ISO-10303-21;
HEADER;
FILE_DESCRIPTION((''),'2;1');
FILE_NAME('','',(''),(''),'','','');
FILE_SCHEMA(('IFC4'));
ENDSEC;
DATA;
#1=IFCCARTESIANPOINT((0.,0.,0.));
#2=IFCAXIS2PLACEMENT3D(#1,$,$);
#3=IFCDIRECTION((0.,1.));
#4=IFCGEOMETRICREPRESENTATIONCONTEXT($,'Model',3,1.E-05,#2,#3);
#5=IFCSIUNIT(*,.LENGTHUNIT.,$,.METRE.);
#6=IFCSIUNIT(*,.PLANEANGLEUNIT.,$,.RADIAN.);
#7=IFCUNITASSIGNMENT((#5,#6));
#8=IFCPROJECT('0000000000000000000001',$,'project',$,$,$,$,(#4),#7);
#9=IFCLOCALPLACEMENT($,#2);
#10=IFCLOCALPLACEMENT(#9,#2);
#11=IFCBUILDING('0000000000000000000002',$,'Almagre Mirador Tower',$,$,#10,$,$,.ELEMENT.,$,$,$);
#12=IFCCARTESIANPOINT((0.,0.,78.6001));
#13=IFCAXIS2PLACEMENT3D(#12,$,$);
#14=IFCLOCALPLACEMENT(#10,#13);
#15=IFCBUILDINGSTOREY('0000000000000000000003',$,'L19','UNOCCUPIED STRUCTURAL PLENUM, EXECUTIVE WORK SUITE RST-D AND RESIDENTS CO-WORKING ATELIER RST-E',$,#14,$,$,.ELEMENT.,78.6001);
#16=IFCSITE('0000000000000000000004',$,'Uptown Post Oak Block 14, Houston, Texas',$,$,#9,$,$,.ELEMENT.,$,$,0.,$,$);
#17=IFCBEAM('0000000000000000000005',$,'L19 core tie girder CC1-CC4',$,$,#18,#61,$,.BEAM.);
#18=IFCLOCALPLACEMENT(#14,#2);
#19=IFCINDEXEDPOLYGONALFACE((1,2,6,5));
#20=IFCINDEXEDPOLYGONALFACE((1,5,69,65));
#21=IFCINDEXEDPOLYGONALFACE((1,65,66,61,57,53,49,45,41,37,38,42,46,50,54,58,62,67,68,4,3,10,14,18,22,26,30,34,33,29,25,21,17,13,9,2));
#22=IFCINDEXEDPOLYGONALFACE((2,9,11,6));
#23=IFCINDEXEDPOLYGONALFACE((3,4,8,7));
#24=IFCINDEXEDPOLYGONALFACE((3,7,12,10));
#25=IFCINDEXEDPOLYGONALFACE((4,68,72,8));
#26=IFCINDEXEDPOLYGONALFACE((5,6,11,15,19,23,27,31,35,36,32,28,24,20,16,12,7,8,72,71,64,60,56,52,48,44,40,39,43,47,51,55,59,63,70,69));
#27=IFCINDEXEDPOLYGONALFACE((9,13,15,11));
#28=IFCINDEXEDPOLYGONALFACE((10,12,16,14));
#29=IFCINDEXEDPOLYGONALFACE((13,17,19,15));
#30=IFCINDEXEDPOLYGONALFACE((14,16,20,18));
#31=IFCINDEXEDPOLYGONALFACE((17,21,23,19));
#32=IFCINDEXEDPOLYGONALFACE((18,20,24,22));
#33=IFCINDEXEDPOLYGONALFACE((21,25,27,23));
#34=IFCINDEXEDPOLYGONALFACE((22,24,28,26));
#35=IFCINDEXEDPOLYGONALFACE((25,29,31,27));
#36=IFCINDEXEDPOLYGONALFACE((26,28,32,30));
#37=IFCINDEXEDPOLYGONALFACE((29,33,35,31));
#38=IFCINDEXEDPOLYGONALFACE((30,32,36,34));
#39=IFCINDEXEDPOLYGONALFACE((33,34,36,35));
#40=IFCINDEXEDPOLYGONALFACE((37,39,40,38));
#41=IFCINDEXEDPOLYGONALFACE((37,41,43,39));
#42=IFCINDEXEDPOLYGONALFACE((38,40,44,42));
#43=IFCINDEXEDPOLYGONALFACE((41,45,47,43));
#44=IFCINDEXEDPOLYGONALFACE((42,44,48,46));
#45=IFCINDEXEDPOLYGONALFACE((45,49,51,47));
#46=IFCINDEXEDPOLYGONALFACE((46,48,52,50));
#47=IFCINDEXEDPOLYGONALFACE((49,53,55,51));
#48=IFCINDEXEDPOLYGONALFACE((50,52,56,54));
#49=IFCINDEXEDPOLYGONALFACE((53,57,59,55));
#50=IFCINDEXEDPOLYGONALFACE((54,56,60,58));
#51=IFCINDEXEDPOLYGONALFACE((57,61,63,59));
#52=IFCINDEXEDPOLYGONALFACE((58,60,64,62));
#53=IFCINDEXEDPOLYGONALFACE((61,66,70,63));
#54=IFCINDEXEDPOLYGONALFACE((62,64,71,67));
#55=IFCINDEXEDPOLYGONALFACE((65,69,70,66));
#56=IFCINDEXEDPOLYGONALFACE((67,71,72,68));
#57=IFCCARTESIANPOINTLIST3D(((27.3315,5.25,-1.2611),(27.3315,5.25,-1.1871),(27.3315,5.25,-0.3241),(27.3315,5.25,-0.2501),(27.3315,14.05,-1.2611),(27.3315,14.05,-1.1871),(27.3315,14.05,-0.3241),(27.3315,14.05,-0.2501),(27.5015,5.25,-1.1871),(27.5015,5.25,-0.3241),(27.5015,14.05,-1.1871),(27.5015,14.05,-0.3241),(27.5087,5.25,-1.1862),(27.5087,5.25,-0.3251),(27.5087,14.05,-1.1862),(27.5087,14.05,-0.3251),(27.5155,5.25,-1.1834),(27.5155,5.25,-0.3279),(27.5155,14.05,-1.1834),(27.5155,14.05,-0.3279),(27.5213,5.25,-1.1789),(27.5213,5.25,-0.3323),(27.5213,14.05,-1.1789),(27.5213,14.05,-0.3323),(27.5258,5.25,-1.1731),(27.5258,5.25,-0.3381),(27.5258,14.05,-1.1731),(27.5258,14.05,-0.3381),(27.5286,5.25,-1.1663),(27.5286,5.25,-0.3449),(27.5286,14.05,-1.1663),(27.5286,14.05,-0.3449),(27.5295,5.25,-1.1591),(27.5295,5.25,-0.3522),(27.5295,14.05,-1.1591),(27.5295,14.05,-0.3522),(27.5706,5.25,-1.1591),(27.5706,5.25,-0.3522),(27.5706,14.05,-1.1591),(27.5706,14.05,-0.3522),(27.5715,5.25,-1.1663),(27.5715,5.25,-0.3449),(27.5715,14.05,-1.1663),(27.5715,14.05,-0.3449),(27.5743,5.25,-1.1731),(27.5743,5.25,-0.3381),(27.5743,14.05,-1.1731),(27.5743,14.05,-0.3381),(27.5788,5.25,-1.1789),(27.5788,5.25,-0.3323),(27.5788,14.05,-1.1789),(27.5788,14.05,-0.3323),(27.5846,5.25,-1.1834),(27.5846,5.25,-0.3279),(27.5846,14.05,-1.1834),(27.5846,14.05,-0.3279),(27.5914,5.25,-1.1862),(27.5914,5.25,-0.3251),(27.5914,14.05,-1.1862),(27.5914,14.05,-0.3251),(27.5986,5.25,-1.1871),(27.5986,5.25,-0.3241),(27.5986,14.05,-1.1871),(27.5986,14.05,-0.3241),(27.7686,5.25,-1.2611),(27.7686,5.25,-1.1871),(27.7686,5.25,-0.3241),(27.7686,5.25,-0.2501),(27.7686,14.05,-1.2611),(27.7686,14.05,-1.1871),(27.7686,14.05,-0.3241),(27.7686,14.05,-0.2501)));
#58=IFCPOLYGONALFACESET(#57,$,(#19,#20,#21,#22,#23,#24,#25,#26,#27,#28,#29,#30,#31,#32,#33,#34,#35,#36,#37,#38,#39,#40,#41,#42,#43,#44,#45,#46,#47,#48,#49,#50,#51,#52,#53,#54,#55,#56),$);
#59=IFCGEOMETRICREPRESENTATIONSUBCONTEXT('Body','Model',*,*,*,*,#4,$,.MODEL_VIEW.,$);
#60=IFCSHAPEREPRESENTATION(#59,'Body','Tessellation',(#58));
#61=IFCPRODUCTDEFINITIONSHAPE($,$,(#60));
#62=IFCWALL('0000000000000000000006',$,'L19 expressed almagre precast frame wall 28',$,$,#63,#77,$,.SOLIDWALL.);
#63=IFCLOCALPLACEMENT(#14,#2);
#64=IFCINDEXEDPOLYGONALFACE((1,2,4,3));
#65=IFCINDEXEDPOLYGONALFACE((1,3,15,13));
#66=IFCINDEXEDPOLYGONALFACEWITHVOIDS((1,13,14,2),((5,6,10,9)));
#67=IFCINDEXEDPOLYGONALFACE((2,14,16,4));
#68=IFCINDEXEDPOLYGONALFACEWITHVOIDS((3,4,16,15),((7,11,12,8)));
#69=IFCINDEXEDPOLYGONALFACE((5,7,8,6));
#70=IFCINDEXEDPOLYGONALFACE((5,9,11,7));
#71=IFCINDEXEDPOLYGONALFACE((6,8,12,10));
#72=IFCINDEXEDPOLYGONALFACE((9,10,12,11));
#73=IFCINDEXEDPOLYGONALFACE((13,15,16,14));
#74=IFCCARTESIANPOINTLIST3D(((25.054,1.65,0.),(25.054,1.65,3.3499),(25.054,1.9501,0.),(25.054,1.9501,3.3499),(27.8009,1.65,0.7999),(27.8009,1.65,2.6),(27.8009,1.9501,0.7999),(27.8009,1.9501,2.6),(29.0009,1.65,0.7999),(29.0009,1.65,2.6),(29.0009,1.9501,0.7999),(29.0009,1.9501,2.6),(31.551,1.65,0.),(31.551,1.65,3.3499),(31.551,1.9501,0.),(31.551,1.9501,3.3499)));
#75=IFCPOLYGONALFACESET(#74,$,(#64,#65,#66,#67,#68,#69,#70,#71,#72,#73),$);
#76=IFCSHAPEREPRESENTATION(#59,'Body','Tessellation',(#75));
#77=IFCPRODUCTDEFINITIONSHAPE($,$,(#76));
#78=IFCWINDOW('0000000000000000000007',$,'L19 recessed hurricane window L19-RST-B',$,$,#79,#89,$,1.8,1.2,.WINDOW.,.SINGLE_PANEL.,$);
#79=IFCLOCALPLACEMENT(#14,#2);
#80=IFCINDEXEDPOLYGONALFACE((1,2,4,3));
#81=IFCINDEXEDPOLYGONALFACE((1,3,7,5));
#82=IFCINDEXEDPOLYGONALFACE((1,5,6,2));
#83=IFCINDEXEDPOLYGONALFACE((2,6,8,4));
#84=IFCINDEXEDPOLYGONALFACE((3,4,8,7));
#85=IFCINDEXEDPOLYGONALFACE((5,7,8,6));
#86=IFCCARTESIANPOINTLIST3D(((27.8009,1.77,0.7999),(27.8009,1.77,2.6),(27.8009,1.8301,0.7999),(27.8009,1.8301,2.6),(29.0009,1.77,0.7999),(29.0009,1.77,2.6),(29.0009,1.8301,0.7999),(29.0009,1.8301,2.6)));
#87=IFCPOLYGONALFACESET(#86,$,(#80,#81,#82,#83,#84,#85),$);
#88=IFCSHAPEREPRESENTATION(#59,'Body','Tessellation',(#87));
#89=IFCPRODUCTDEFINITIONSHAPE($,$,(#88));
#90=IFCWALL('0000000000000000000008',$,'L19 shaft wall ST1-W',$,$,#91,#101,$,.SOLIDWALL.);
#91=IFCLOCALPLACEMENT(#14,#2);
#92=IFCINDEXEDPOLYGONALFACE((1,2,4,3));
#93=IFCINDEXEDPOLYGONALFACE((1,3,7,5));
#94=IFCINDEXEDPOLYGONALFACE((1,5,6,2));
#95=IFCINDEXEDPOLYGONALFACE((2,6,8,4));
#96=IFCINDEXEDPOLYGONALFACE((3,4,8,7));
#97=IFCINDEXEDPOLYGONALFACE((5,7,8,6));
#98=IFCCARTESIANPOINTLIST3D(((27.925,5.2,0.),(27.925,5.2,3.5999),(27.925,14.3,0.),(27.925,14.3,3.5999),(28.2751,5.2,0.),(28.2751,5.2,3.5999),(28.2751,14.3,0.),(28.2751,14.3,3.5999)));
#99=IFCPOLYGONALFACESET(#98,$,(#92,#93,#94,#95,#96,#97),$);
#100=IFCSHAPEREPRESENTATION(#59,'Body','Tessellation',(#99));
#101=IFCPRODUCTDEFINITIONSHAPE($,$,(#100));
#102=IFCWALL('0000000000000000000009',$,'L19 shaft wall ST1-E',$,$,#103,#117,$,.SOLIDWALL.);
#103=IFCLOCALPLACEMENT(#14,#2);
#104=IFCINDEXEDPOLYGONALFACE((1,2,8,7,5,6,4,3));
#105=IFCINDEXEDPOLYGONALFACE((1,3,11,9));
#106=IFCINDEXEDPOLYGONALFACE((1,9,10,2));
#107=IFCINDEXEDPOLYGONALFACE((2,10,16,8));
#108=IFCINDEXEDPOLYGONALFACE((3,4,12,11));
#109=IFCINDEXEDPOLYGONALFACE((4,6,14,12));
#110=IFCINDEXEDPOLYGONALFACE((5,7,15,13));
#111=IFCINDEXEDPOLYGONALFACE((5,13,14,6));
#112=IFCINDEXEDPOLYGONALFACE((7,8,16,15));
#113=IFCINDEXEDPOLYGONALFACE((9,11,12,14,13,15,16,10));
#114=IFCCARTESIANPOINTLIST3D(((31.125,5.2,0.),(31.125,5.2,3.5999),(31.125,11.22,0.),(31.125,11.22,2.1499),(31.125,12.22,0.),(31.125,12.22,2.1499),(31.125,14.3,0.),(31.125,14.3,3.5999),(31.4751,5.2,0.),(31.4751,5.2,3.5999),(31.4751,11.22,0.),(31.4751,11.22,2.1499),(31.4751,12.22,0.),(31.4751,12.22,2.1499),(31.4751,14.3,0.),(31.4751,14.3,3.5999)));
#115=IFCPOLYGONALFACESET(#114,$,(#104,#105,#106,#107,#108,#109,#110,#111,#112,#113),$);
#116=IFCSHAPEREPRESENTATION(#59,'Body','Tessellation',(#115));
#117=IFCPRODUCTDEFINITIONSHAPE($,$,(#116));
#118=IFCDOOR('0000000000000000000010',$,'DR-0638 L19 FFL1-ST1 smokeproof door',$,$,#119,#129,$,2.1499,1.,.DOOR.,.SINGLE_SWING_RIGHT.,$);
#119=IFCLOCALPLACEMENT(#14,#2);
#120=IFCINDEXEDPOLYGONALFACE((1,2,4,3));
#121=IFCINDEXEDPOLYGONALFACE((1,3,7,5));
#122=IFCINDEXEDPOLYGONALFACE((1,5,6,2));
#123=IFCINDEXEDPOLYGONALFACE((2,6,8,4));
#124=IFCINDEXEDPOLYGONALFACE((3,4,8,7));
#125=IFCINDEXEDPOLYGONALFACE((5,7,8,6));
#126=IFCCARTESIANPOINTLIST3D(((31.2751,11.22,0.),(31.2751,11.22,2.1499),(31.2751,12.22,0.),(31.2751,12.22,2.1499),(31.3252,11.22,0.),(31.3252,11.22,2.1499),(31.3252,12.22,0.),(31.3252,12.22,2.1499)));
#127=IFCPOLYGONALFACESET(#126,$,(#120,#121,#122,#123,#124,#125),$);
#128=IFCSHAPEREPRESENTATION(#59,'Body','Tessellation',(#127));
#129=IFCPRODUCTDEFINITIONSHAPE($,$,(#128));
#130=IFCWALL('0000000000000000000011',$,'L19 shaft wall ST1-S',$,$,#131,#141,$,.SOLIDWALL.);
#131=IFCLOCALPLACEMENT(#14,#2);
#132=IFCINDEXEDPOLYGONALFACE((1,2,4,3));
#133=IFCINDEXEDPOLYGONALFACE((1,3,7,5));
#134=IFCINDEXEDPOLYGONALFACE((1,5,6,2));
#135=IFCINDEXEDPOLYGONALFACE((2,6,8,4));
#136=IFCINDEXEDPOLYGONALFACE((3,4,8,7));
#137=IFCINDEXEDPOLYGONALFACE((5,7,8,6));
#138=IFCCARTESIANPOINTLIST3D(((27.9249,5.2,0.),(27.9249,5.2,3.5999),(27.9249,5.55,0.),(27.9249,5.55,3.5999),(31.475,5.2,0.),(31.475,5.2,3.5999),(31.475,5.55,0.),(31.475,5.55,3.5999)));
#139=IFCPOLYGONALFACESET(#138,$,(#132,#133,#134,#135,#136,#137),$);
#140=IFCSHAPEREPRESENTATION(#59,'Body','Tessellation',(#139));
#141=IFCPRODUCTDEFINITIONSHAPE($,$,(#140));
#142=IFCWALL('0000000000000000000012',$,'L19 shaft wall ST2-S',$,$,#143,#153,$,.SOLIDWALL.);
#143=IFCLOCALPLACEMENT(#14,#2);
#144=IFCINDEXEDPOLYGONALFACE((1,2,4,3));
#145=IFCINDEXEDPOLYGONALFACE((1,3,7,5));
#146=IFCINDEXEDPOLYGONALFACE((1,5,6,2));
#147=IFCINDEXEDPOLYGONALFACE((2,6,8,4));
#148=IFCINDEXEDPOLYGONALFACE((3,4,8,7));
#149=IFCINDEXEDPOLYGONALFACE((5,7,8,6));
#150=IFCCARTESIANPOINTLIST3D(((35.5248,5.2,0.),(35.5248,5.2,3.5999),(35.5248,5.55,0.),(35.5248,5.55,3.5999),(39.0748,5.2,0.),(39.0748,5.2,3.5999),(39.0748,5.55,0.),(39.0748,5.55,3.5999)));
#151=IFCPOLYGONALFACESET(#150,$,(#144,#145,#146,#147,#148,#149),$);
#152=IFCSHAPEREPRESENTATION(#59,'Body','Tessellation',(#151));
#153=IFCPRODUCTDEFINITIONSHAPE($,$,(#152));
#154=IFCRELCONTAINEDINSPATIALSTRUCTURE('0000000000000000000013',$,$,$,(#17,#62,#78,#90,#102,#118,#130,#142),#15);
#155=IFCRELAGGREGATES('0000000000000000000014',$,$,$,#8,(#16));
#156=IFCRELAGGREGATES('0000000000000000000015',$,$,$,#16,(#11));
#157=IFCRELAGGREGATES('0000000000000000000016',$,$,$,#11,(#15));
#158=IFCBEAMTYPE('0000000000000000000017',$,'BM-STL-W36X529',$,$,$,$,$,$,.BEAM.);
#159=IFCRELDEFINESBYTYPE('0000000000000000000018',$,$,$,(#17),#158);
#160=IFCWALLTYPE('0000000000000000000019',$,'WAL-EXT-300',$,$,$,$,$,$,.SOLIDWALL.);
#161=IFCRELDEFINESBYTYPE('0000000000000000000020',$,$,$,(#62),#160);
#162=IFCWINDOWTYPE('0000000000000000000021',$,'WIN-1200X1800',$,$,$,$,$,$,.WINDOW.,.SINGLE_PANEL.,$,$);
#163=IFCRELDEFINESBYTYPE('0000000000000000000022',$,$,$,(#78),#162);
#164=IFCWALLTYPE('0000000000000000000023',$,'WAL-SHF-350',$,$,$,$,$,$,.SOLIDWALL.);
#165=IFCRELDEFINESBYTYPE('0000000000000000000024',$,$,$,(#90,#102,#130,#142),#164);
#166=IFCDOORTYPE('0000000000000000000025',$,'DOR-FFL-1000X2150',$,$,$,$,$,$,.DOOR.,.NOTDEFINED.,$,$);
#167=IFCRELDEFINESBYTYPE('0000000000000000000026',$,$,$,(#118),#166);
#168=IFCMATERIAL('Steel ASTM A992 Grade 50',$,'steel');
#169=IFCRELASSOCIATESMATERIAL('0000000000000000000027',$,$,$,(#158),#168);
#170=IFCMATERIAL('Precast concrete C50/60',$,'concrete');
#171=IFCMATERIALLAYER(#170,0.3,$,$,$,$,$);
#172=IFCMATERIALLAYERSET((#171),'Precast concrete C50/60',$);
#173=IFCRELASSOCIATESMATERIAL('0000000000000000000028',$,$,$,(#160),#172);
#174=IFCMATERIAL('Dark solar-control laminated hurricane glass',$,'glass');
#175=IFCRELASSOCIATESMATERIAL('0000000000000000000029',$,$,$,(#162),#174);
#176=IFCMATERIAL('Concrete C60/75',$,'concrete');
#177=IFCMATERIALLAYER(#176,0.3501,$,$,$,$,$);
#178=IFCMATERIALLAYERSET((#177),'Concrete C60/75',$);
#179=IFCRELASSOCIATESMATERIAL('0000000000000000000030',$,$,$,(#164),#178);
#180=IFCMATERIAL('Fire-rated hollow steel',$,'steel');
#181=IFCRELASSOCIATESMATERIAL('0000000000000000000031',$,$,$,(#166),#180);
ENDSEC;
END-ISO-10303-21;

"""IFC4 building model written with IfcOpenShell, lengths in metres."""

from ifc_helpers import new_model, si_unit, direction, frame, frame_2d, origin, origin_2d, place, context, subcontext, project, spatial, rectangle, i_section, extrude, material, layer, layer_set, material_profile, profile_set, type_object, element, fill, save


model = new_model("IFC4")

# Units and contexts
model_context = context("Model", 3, precision=1e-05, world=origin(), true_north=direction((0.0, 1.0)))
body_context = subcontext(model_context, "Body", "Model", "MODEL_VIEW")
ifc_project = project(units=[si_unit("LENGTHUNIT", "METRE"), si_unit("PLANEANGLEUNIT", "RADIAN")], contexts=[model_context])

# Site, building, storey
site_placement = place(None, origin())
site = spatial("IfcSite", under=ifc_project, at=site_placement, Name="Uptown Post Oak Block 14, Houston, Texas", CompositionType="ELEMENT", RefElevation=0.0)
building_placement = place(site_placement, origin())
building = spatial("IfcBuilding", under=site, at=building_placement, Name="Almagre Mirador Tower", CompositionType="ELEMENT")
storey_placement = place(building_placement, frame((0.0, 0.0, 78.6001)))
storey = spatial("IfcBuildingStorey", under=building, at=storey_placement, Name="L19", Description="UNOCCUPIED STRUCTURAL PLENUM, EXECUTIVE WORK SUITE RST-D AND RESIDENTS CO-WORKING ATELIER RST-E", CompositionType="ELEMENT", Elevation=78.6001)

# Beam
ifc_material_1 = material(Name="Steel ASTM A992 Grade 50", Category="steel")
ifc_material_profile_1 = material_profile(ifc_material_1, i_section(OverallWidth=0.437, OverallDepth=1.011, WebThickness=0.041, FlangeThickness=0.074, FilletRadius=0.0281, at=origin_2d()), Name="W36X529")
ifc_profile_set_1 = profile_set([ifc_material_profile_1], Name="Steel ASTM A992 Grade 50")
beam_type_1 = type_object("IfcBeamType", Name="BM-STL-W36X529", PredefinedType="BEAM", material=ifc_profile_set_1)
beam_1_placement = place(storey_placement, frame((27.55, 5.25, -0.7556), z_axis=(0.0, 1.0, 0.0), x_axis=(-1.0, 0.0, 0.0)))
element("IfcBeam", 1, at=beam_1_placement, inside=storey, type_object=beam_type_1, Name="L19 core tie girder CC1-CC4", PredefinedType="BEAM", context=body_context, shape_type="SweptSolid", body=[
    extrude(i_section(OverallWidth=0.437, OverallDepth=1.011, WebThickness=0.041, FlangeThickness=0.074, FilletRadius=0.0281, at=origin_2d()), origin(), (0.0, 0.0, 1.0), 8.8),
])

# Wall, opening, window
ifc_material_2 = material(Name="Precast concrete C50/60", Category="concrete")
ifc_layer_1 = layer(ifc_material_2, 0.3)
ifc_layer_set_1 = layer_set([ifc_layer_1], Name="Precast concrete C50/60")
wall_type_1 = type_object("IfcWallType", Name="WAL-EXT-300", PredefinedType="SOLIDWALL", material=ifc_layer_set_1)
wall_1_placement = place(storey_placement, frame((31.551, 1.8, 0.0), z_axis=(0.0, 0.0, 1.0), x_axis=(-1.0, 0.0, 0.0)))
wall_1 = element("IfcWall", 2, at=wall_1_placement, inside=storey, type_object=wall_type_1, Name="L19 expressed almagre precast frame wall 28", PredefinedType="SOLIDWALL", context=body_context, shape_type="SweptSolid", body=[
    extrude(rectangle(XDim=6.4971, YDim=0.3, at=frame_2d((3.2485, 0.0))), origin(), (0.0, 0.0, 1.0), 3.3499),
])
opening_1_placement = place(wall_1_placement, frame((2.55, 0.0, 0.8)))
opening_1 = element("IfcOpeningElement", 3, at=opening_1_placement, cuts=wall_1, PredefinedType="OPENING", context=body_context, shape_type="SweptSolid", body=[
    extrude(rectangle(XDim=1.2, YDim=1.8, at=frame_2d((0.6001, 0.8999))), frame((0.0, 0.1599, 0.0), z_axis=(0.0, -1.0, 0.0), x_axis=(1.0, 0.0, 0.0)), (0.0, 0.0, 1.0), 0.32),
])
ifc_material_3 = material(Name="Dark solar-control laminated hurricane glass", Category="glass")
window_type = type_object("IfcWindowType", Name="WIN-1200X1800", PartitioningType="SINGLE_PANEL", PredefinedType="WINDOW", material=ifc_material_3)
window_placement = place(opening_1_placement, origin())
window = element("IfcWindow", 4, at=window_placement, inside=storey, type_object=window_type, Name="L19 recessed hurricane window L19-RST-B", OverallHeight=1.8, OverallWidth=1.2, PartitioningType="SINGLE_PANEL", PredefinedType="WINDOW", context=body_context, shape_type="SweptSolid", body=[
    extrude(rectangle(XDim=1.2, YDim=1.8, at=frame_2d((0.6001, 0.8999))), frame((0.0, 0.03, 0.0), z_axis=(0.0, -1.0, 0.0), x_axis=(1.0, 0.0, 0.0)), (0.0, 0.0, 1.0), 0.0601),
])
fill(opening_1, window)

# Wall
ifc_material_4 = material(Name="Concrete C60/75", Category="concrete")
ifc_layer_2 = layer(ifc_material_4, 0.3501)
ifc_layer_set_2 = layer_set([ifc_layer_2], Name="Concrete C60/75")
wall_type_2 = type_object("IfcWallType", Name="WAL-SHF-350", PredefinedType="SOLIDWALL", material=ifc_layer_set_2)
wall_2_placement = place(storey_placement, frame((28.1001, 5.2, 0.0), z_axis=(0.0, 0.0, 1.0), x_axis=(0.0, 1.0, 0.0)))
element("IfcWall", 5, at=wall_2_placement, inside=storey, type_object=wall_type_2, Name="L19 shaft wall ST1-W", PredefinedType="SOLIDWALL", context=body_context, shape_type="SweptSolid", body=[
    extrude(rectangle(XDim=9.1001, YDim=0.3501, at=frame_2d((4.55, 0.0))), origin(), (0.0, 0.0, 1.0), 3.5999),
])

# Wall, opening, door
wall_3_placement = place(storey_placement, frame((31.3, 5.2, 0.0), z_axis=(0.0, 0.0, 1.0), x_axis=(0.0, 1.0, 0.0)))
wall_3 = element("IfcWall", 6, at=wall_3_placement, inside=storey, type_object=wall_type_2, Name="L19 shaft wall ST1-E", PredefinedType="SOLIDWALL", context=body_context, shape_type="SweptSolid", body=[
    extrude(rectangle(XDim=9.1001, YDim=0.3501, at=frame_2d((4.55, 0.0))), origin(), (0.0, 0.0, 1.0), 3.5999),
])
opening_2_placement = place(wall_3_placement, frame((6.02, 0.0, 0.0)))
opening_2 = element("IfcOpeningElement", 7, at=opening_2_placement, cuts=wall_3, PredefinedType="OPENING", context=body_context, shape_type="SweptSolid", body=[
    extrude(rectangle(XDim=1.0, YDim=2.1499, at=frame_2d((0.5, 1.075))), frame((0.0, 0.185, 0.0), z_axis=(0.0, -1.0, 0.0), x_axis=(1.0, 0.0, 0.0)), (0.0, 0.0, 1.0), 0.3701),
])
ifc_material_5 = material(Name="Fire-rated hollow steel", Category="steel")
door_type_1 = type_object("IfcDoorType", Name="DOR-FFL-1000X2150", OperationType="NOTDEFINED", PredefinedType="DOOR", material=ifc_material_5)
door_1_placement = place(opening_2_placement, origin())
door_1 = element("IfcDoor", 8, at=door_1_placement, inside=storey, type_object=door_type_1, Name="DR-0638 L19 FFL1-ST1 smokeproof door", OperationType="SINGLE_SWING_RIGHT", OverallHeight=2.1499, OverallWidth=1.0, PredefinedType="DOOR", context=body_context, shape_type="SweptSolid", body=[
    extrude(rectangle(XDim=1.0, YDim=2.1499, at=frame_2d((0.5, 1.075))), frame((0.0, 0.0249, 0.0), z_axis=(0.0, -1.0, 0.0), x_axis=(1.0, 0.0, 0.0)), (0.0, 0.0, 1.0), 0.05),
])
fill(opening_2, door_1)

# Walls
for number, where, z_axis, x_axis, name in (
    (9, (27.925, 5.375, 0.0), (0.0, 0.0, 1.0), (1.0, 0.0, 0.0), "L19 shaft wall ST1-S"),
    (10, (35.5249, 5.375, 0.0), (0.0, 0.0, 1.0), (1.0, 0.0, 0.0), "L19 shaft wall ST2-S"),
):
    element("IfcWall", number, at=place(storey_placement, frame(where, z_axis=z_axis, x_axis=x_axis)), inside=storey, type_object=wall_type_2, Name=name, PredefinedType="SOLIDWALL", context=body_context, shape_type="SweptSolid", body=[
        extrude(rectangle(XDim=3.55, YDim=0.3501, at=frame_2d((1.7749, 0.0))), origin(), (0.0, 0.0, 1.0), 3.5999),
    ])

save(model, "model.ifc")
